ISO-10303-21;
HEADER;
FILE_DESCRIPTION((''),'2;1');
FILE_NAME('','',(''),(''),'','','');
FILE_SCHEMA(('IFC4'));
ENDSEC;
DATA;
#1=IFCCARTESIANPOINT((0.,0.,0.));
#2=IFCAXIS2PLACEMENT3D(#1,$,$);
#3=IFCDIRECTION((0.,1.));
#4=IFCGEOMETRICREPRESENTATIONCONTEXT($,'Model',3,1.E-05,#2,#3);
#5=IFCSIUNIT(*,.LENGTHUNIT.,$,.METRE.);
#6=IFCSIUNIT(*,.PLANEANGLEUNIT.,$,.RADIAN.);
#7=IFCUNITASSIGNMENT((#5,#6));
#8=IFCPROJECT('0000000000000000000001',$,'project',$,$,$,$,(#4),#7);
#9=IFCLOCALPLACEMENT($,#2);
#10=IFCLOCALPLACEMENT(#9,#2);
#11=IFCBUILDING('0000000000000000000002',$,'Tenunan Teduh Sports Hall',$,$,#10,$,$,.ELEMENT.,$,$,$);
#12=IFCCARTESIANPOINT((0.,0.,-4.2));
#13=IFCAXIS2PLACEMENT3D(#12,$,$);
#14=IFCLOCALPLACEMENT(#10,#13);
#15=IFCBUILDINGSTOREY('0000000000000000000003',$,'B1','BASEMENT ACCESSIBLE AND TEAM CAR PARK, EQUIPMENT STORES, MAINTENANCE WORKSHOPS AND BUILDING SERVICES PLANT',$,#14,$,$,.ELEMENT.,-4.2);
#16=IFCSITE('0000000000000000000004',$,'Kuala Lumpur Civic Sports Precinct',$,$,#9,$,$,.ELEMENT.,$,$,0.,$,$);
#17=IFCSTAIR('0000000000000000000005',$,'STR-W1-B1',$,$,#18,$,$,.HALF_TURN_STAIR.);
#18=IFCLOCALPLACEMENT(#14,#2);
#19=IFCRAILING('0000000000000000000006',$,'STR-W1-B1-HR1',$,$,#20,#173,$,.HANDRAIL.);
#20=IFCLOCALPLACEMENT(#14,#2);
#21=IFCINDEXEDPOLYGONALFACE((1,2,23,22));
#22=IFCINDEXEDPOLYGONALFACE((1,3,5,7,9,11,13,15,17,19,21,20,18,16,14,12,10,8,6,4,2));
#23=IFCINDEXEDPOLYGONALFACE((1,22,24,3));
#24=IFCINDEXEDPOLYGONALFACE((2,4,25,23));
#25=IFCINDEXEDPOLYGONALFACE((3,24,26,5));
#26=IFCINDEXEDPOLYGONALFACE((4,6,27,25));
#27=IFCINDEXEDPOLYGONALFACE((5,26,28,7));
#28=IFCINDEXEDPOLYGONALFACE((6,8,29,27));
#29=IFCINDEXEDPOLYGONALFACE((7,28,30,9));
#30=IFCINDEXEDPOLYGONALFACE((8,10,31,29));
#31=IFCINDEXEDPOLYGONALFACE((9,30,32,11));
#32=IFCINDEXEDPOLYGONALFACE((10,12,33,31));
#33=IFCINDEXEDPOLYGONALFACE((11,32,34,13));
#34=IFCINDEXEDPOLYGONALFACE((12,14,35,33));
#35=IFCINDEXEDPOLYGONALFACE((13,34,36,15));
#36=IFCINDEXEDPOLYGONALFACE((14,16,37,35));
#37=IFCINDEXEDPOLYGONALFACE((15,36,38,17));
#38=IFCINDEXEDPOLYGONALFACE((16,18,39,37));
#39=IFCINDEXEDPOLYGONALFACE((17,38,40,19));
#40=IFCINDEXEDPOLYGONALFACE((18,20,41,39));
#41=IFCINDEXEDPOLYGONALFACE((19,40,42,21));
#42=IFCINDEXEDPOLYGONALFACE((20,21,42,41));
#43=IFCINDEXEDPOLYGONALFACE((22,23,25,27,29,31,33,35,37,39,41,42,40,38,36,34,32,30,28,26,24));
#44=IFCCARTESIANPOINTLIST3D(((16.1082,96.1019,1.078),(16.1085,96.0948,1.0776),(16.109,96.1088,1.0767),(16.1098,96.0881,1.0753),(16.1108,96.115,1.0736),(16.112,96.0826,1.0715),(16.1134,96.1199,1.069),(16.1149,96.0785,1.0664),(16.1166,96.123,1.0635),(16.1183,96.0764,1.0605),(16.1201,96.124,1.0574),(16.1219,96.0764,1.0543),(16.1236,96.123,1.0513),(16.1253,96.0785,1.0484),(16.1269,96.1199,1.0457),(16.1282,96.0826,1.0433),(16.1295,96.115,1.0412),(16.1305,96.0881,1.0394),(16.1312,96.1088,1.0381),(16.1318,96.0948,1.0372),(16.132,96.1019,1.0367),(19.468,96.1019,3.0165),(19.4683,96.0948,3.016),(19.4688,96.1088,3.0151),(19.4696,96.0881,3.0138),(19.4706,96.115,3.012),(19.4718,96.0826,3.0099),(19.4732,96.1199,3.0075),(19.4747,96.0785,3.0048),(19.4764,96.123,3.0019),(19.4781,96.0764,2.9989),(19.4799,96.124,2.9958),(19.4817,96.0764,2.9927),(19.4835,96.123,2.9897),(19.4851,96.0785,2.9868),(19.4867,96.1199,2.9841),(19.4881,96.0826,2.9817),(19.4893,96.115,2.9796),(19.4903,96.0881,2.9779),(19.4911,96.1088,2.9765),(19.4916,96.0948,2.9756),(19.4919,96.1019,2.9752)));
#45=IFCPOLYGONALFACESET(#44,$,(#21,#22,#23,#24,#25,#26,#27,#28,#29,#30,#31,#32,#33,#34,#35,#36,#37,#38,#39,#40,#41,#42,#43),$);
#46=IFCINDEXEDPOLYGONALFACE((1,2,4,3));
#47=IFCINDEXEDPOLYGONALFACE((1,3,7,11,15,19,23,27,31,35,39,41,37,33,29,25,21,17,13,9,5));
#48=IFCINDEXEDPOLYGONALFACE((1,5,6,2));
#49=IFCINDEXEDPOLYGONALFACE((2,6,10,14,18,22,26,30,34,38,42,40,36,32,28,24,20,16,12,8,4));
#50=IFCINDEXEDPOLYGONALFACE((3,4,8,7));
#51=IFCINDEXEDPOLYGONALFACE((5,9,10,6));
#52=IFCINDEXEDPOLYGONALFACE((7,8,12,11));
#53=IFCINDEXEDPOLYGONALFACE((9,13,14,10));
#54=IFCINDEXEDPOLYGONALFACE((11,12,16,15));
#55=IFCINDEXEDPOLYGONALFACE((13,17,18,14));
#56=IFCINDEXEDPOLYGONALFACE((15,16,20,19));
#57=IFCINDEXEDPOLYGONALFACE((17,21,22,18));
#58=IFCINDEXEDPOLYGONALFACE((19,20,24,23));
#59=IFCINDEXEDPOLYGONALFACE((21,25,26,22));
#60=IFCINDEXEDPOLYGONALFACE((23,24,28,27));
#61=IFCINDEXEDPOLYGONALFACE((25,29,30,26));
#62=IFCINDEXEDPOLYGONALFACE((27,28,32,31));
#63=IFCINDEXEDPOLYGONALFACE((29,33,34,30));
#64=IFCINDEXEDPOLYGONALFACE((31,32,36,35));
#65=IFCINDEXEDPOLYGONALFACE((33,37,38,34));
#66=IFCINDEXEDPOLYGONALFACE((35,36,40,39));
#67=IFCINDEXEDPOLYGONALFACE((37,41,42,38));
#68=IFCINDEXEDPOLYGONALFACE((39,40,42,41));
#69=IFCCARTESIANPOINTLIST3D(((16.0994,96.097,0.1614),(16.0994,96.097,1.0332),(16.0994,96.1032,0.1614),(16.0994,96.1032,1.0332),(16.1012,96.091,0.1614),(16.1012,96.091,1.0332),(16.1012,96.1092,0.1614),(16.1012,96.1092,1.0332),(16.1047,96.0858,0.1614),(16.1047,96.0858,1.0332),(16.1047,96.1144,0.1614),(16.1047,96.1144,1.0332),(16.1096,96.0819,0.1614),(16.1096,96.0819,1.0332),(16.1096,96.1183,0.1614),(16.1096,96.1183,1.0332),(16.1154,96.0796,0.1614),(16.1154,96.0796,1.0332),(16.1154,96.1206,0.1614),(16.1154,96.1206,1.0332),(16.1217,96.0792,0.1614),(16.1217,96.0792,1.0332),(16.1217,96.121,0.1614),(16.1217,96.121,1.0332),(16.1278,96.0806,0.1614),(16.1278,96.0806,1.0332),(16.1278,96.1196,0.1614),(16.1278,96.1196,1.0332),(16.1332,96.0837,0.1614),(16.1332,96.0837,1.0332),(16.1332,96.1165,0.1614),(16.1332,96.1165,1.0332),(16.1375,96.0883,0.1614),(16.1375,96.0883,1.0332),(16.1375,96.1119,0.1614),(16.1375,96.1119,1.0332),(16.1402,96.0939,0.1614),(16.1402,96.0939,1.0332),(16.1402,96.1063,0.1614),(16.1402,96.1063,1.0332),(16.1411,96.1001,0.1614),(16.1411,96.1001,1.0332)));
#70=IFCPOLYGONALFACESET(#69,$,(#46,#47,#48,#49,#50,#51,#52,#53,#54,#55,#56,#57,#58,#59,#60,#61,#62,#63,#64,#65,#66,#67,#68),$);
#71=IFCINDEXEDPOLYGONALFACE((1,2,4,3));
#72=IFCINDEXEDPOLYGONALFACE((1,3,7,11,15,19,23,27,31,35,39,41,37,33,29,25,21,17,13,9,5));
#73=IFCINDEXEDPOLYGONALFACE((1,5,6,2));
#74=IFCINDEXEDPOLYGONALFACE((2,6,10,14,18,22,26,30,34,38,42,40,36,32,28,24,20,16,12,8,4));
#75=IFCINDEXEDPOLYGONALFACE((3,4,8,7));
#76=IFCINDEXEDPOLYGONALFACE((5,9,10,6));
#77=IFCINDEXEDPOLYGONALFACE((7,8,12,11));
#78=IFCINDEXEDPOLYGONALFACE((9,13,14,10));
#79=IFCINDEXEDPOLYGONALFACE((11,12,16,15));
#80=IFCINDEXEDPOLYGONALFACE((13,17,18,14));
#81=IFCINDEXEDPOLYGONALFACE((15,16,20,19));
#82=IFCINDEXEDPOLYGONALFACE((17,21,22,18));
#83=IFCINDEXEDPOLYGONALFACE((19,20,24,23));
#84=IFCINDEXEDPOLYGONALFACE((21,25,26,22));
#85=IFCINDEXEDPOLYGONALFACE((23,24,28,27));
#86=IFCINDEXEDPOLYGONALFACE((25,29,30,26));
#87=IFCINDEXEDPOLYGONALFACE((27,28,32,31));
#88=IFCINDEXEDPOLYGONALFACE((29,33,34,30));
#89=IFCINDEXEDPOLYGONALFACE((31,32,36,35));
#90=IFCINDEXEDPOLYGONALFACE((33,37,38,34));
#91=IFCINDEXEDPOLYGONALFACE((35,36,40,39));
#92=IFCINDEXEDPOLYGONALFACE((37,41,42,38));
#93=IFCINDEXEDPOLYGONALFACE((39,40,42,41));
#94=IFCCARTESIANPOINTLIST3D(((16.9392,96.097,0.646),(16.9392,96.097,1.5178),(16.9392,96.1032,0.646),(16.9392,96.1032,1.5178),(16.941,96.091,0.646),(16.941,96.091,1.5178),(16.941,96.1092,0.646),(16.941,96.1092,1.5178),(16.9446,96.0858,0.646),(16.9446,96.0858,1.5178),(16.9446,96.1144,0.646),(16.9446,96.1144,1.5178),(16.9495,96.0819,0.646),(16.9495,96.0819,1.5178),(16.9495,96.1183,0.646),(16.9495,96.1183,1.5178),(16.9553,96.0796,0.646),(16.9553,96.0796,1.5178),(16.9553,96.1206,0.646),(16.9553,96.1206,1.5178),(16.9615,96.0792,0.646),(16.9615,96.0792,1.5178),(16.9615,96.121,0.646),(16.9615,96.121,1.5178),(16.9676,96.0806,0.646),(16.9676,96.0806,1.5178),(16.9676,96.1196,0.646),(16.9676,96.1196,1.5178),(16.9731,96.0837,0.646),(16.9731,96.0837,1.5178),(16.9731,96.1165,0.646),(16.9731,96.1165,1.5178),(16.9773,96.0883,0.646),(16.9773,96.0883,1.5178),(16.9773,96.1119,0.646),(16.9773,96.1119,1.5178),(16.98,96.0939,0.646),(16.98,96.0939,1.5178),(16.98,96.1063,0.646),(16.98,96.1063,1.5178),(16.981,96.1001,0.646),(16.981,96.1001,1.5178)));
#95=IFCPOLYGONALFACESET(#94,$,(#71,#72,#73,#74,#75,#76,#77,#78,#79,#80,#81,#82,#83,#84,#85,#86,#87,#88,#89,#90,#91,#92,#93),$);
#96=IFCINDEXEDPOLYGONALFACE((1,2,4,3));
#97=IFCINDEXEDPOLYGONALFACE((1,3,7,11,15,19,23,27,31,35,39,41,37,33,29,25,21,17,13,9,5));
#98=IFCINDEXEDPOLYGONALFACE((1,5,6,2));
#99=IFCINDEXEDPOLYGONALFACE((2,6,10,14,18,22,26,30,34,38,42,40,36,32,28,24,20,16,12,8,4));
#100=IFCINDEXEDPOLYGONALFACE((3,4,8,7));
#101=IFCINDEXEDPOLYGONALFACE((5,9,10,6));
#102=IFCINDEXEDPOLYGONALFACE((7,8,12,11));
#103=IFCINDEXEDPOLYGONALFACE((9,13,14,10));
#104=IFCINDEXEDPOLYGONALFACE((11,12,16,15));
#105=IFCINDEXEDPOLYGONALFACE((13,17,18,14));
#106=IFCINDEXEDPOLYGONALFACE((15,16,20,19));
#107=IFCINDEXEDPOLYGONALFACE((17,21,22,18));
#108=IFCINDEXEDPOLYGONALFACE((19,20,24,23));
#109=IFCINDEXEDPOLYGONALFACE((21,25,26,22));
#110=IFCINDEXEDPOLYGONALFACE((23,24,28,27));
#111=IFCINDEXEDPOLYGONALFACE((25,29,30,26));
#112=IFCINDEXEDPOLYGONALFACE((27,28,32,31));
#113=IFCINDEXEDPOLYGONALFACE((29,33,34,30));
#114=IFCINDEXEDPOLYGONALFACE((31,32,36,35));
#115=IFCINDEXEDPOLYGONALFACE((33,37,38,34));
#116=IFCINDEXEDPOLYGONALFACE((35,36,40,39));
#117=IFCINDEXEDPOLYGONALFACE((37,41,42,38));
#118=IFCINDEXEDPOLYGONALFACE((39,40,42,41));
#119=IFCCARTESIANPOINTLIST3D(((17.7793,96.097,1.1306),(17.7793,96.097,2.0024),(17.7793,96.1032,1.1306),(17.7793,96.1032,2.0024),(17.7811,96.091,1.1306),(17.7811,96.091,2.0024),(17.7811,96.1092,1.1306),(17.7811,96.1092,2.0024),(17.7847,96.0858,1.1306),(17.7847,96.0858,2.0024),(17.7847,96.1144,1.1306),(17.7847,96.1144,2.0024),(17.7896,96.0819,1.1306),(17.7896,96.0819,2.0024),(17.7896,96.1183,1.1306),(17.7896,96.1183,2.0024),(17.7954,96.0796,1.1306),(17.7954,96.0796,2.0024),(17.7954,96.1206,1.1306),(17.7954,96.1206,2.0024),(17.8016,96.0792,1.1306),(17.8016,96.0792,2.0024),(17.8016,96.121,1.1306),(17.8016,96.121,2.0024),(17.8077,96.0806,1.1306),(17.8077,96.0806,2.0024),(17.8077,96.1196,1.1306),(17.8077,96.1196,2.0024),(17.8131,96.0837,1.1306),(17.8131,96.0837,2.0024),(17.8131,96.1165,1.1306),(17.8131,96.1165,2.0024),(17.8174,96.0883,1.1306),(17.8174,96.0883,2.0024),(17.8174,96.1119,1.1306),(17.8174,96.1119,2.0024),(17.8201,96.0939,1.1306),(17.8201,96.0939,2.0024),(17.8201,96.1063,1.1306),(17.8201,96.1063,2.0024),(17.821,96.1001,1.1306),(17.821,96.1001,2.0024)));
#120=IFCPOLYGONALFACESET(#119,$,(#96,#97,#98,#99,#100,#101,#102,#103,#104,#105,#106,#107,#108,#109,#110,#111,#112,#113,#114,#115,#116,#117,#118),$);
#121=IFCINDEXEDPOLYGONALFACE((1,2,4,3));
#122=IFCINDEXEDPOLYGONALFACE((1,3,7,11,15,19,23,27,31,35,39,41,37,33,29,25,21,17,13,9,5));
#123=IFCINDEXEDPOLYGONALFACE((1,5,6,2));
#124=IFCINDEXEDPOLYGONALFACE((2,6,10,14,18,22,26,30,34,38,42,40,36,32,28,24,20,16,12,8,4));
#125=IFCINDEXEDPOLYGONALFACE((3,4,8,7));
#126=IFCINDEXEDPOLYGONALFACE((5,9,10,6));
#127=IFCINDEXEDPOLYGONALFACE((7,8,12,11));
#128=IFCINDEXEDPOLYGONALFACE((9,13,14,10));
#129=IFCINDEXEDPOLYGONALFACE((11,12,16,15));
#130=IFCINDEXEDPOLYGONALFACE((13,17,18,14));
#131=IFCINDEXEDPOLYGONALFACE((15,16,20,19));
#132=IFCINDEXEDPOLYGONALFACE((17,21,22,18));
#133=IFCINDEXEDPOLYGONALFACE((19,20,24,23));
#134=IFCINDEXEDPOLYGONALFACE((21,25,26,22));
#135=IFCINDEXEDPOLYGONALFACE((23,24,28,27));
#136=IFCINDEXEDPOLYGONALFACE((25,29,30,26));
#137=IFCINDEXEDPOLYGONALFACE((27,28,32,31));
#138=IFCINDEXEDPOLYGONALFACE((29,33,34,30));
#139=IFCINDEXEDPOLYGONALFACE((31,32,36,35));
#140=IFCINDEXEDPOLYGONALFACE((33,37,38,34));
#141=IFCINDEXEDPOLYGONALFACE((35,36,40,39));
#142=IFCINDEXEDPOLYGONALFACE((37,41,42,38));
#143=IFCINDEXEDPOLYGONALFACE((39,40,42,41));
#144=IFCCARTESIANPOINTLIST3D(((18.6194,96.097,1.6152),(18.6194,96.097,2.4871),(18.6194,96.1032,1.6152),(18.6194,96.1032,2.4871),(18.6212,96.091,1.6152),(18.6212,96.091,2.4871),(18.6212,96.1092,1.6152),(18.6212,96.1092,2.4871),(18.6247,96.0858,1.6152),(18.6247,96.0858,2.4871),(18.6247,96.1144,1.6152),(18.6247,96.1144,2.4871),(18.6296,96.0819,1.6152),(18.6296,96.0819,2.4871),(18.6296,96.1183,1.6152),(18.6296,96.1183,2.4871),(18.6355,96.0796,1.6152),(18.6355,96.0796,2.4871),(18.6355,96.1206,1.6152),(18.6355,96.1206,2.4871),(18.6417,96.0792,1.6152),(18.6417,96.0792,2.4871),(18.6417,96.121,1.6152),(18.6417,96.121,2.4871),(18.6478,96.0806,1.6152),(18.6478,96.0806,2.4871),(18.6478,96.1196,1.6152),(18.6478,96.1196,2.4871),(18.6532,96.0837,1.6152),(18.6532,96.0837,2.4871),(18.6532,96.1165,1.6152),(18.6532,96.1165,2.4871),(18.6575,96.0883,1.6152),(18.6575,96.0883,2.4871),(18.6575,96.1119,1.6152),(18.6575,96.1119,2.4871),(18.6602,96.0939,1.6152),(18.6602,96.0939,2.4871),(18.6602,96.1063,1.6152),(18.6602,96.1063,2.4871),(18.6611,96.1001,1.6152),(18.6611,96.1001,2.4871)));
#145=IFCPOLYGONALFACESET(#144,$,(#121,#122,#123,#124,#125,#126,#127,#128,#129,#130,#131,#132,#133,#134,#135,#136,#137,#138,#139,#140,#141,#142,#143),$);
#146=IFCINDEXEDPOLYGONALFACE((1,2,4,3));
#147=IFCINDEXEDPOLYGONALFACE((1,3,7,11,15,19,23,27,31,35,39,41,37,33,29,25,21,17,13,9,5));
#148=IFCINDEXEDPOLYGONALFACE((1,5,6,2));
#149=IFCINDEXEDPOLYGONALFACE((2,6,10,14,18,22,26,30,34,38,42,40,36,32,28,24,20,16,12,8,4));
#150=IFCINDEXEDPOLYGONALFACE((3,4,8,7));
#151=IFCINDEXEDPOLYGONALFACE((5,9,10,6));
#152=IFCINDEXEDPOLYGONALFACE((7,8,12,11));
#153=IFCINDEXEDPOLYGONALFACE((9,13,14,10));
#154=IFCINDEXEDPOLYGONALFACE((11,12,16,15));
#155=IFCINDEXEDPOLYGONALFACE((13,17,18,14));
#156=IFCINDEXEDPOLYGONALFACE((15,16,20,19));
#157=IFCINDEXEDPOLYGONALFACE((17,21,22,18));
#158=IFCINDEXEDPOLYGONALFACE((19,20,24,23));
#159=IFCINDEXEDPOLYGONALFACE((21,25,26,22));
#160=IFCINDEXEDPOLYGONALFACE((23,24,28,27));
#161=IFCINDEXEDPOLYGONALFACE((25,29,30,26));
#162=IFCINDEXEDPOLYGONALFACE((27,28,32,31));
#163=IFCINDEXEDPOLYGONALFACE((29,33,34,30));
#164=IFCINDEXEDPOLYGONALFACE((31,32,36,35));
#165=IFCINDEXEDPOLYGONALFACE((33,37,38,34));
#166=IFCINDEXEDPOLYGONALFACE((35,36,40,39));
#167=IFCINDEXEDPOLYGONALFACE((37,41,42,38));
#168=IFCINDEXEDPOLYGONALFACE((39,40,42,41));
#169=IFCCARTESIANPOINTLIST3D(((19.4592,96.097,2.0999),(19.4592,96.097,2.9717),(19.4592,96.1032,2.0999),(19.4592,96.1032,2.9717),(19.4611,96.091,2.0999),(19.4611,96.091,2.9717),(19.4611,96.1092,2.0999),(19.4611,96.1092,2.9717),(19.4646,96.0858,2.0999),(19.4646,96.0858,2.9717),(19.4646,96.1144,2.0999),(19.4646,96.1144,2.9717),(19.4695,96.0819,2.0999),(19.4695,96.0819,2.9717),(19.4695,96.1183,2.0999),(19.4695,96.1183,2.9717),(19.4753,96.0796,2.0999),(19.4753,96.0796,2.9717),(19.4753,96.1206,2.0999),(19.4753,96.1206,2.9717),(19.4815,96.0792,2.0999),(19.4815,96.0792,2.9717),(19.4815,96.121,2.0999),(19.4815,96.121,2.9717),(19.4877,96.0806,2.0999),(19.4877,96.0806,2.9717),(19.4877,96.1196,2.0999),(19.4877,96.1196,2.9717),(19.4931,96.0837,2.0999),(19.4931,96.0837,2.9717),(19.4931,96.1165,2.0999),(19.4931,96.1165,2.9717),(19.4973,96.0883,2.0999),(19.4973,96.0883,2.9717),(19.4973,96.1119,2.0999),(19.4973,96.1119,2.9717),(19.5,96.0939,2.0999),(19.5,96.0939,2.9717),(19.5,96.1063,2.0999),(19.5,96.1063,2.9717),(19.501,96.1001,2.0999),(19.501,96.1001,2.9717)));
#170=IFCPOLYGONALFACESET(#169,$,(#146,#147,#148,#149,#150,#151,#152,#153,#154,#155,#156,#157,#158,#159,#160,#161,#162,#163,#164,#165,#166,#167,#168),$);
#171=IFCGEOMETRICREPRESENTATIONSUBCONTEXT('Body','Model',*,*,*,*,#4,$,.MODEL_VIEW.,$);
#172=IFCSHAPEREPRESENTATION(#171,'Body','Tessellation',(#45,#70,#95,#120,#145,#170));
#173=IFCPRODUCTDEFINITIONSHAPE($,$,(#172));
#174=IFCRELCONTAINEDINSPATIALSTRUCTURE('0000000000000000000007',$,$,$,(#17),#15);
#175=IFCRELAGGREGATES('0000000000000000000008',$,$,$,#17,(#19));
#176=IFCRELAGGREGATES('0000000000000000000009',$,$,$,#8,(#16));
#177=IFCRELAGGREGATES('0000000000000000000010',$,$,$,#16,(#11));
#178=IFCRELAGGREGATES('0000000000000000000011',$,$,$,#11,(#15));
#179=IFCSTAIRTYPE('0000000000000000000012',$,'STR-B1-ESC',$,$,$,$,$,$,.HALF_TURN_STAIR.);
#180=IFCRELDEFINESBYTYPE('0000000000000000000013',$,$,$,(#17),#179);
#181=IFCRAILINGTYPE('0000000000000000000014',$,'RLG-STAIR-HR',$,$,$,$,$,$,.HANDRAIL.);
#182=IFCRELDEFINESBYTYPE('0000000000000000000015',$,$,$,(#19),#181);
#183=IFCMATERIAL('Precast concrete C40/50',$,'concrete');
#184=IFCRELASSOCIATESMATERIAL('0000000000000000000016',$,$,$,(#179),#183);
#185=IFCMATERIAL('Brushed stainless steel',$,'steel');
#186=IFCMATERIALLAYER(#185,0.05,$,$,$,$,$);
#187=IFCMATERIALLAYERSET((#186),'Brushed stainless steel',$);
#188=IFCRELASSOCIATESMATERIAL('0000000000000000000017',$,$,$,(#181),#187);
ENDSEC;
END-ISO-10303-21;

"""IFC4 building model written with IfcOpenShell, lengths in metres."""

from ifc_helpers import new_model, si_unit, direction, frame, origin, origin_2d, place, context, subcontext, project, spatial, circle, extrude, material, layer, layer_set, type_object, element, aggregate, save


model = new_model("IFC4")

# Units and contexts
model_context = context("Model", 3, precision=1e-05, world=origin(), true_north=direction((0.0, 1.0)))
body_context = subcontext(model_context, "Body", "Model", "MODEL_VIEW")
ifc_project = project(units=[si_unit("LENGTHUNIT", "METRE"), si_unit("PLANEANGLEUNIT", "RADIAN")], contexts=[model_context])

# Site, building, storey
site_placement = place(None, origin())
site = spatial("IfcSite", under=ifc_project, at=site_placement, Name="Kuala Lumpur Civic Sports Precinct", CompositionType="ELEMENT", RefElevation=0.0)
building_placement = place(site_placement, origin())
building = spatial("IfcBuilding", under=site, at=building_placement, Name="Tenunan Teduh Sports Hall", CompositionType="ELEMENT")
storey_placement = place(building_placement, frame((0.0, 0.0, -4.2)))
storey = spatial("IfcBuildingStorey", under=building, at=storey_placement, Name="B1", Description="BASEMENT ACCESSIBLE AND TEAM CAR PARK, EQUIPMENT STORES, MAINTENANCE WORKSHOPS AND BUILDING SERVICES PLANT", CompositionType="ELEMENT", Elevation=-4.2)

# Stair
ifc_material_1 = material(Name="Precast concrete C40/50", Category="concrete")
stair_type = type_object("IfcStairType", Name="STR-B1-ESC", PredefinedType="HALF_TURN_STAIR", material=ifc_material_1)
stair_placement = place(storey_placement, origin())
stair = element("IfcStair", 1, at=stair_placement, inside=storey, type_object=stair_type, Name="STR-W1-B1", PredefinedType="HALF_TURN_STAIR")

# Railing
ifc_material_2 = material(Name="Brushed stainless steel", Category="steel")
ifc_layer_1 = layer(ifc_material_2, 0.05)
ifc_layer_set_1 = layer_set([ifc_layer_1], Name="Brushed stainless steel")
railing_type_1 = type_object("IfcRailingType", Name="RLG-STAIR-HR", PredefinedType="HANDRAIL", material=ifc_layer_set_1)
railing_1_placement = place(storey_placement, frame((16.1201, 96.1001, 0.1614)))
railing_1 = element("IfcRailing", 2, at=railing_1_placement, type_object=railing_type_1, Name="STR-W1-B1-HR1", PredefinedType="HANDRAIL", context=body_context, shape_type="SweptSolid", body=[
    extrude(circle(Radius=0.0239, at=origin_2d()), frame((0.0, 0.0, 0.896), z_axis=(0.866175, 0.0, 0.499741), x_axis=(0.0, 1.0, 0.0)), (0.0, 0.0, 1.0), 3.8789),
    extrude(circle(Radius=0.021, at=origin_2d()), origin(), (0.0, 0.0, 1.0), 0.8718),
    extrude(circle(Radius=0.021, at=origin_2d()), frame((0.8398, 0.0, 0.4846)), (0.0, 0.0, 1.0), 0.8718),
    extrude(circle(Radius=0.021, at=origin_2d()), frame((1.6799, 0.0, 0.9692)), (0.0, 0.0, 1.0), 0.8718),
    extrude(circle(Radius=0.021, at=origin_2d()), frame((2.52, 0.0, 1.4539)), (0.0, 0.0, 1.0), 0.8718),
    extrude(circle(Radius=0.021, at=origin_2d()), frame((3.3599, 0.0, 1.9385)), (0.0, 0.0, 1.0), 0.8718),
])
aggregate(stair, [railing_1])

save(model, "model.ifc")
